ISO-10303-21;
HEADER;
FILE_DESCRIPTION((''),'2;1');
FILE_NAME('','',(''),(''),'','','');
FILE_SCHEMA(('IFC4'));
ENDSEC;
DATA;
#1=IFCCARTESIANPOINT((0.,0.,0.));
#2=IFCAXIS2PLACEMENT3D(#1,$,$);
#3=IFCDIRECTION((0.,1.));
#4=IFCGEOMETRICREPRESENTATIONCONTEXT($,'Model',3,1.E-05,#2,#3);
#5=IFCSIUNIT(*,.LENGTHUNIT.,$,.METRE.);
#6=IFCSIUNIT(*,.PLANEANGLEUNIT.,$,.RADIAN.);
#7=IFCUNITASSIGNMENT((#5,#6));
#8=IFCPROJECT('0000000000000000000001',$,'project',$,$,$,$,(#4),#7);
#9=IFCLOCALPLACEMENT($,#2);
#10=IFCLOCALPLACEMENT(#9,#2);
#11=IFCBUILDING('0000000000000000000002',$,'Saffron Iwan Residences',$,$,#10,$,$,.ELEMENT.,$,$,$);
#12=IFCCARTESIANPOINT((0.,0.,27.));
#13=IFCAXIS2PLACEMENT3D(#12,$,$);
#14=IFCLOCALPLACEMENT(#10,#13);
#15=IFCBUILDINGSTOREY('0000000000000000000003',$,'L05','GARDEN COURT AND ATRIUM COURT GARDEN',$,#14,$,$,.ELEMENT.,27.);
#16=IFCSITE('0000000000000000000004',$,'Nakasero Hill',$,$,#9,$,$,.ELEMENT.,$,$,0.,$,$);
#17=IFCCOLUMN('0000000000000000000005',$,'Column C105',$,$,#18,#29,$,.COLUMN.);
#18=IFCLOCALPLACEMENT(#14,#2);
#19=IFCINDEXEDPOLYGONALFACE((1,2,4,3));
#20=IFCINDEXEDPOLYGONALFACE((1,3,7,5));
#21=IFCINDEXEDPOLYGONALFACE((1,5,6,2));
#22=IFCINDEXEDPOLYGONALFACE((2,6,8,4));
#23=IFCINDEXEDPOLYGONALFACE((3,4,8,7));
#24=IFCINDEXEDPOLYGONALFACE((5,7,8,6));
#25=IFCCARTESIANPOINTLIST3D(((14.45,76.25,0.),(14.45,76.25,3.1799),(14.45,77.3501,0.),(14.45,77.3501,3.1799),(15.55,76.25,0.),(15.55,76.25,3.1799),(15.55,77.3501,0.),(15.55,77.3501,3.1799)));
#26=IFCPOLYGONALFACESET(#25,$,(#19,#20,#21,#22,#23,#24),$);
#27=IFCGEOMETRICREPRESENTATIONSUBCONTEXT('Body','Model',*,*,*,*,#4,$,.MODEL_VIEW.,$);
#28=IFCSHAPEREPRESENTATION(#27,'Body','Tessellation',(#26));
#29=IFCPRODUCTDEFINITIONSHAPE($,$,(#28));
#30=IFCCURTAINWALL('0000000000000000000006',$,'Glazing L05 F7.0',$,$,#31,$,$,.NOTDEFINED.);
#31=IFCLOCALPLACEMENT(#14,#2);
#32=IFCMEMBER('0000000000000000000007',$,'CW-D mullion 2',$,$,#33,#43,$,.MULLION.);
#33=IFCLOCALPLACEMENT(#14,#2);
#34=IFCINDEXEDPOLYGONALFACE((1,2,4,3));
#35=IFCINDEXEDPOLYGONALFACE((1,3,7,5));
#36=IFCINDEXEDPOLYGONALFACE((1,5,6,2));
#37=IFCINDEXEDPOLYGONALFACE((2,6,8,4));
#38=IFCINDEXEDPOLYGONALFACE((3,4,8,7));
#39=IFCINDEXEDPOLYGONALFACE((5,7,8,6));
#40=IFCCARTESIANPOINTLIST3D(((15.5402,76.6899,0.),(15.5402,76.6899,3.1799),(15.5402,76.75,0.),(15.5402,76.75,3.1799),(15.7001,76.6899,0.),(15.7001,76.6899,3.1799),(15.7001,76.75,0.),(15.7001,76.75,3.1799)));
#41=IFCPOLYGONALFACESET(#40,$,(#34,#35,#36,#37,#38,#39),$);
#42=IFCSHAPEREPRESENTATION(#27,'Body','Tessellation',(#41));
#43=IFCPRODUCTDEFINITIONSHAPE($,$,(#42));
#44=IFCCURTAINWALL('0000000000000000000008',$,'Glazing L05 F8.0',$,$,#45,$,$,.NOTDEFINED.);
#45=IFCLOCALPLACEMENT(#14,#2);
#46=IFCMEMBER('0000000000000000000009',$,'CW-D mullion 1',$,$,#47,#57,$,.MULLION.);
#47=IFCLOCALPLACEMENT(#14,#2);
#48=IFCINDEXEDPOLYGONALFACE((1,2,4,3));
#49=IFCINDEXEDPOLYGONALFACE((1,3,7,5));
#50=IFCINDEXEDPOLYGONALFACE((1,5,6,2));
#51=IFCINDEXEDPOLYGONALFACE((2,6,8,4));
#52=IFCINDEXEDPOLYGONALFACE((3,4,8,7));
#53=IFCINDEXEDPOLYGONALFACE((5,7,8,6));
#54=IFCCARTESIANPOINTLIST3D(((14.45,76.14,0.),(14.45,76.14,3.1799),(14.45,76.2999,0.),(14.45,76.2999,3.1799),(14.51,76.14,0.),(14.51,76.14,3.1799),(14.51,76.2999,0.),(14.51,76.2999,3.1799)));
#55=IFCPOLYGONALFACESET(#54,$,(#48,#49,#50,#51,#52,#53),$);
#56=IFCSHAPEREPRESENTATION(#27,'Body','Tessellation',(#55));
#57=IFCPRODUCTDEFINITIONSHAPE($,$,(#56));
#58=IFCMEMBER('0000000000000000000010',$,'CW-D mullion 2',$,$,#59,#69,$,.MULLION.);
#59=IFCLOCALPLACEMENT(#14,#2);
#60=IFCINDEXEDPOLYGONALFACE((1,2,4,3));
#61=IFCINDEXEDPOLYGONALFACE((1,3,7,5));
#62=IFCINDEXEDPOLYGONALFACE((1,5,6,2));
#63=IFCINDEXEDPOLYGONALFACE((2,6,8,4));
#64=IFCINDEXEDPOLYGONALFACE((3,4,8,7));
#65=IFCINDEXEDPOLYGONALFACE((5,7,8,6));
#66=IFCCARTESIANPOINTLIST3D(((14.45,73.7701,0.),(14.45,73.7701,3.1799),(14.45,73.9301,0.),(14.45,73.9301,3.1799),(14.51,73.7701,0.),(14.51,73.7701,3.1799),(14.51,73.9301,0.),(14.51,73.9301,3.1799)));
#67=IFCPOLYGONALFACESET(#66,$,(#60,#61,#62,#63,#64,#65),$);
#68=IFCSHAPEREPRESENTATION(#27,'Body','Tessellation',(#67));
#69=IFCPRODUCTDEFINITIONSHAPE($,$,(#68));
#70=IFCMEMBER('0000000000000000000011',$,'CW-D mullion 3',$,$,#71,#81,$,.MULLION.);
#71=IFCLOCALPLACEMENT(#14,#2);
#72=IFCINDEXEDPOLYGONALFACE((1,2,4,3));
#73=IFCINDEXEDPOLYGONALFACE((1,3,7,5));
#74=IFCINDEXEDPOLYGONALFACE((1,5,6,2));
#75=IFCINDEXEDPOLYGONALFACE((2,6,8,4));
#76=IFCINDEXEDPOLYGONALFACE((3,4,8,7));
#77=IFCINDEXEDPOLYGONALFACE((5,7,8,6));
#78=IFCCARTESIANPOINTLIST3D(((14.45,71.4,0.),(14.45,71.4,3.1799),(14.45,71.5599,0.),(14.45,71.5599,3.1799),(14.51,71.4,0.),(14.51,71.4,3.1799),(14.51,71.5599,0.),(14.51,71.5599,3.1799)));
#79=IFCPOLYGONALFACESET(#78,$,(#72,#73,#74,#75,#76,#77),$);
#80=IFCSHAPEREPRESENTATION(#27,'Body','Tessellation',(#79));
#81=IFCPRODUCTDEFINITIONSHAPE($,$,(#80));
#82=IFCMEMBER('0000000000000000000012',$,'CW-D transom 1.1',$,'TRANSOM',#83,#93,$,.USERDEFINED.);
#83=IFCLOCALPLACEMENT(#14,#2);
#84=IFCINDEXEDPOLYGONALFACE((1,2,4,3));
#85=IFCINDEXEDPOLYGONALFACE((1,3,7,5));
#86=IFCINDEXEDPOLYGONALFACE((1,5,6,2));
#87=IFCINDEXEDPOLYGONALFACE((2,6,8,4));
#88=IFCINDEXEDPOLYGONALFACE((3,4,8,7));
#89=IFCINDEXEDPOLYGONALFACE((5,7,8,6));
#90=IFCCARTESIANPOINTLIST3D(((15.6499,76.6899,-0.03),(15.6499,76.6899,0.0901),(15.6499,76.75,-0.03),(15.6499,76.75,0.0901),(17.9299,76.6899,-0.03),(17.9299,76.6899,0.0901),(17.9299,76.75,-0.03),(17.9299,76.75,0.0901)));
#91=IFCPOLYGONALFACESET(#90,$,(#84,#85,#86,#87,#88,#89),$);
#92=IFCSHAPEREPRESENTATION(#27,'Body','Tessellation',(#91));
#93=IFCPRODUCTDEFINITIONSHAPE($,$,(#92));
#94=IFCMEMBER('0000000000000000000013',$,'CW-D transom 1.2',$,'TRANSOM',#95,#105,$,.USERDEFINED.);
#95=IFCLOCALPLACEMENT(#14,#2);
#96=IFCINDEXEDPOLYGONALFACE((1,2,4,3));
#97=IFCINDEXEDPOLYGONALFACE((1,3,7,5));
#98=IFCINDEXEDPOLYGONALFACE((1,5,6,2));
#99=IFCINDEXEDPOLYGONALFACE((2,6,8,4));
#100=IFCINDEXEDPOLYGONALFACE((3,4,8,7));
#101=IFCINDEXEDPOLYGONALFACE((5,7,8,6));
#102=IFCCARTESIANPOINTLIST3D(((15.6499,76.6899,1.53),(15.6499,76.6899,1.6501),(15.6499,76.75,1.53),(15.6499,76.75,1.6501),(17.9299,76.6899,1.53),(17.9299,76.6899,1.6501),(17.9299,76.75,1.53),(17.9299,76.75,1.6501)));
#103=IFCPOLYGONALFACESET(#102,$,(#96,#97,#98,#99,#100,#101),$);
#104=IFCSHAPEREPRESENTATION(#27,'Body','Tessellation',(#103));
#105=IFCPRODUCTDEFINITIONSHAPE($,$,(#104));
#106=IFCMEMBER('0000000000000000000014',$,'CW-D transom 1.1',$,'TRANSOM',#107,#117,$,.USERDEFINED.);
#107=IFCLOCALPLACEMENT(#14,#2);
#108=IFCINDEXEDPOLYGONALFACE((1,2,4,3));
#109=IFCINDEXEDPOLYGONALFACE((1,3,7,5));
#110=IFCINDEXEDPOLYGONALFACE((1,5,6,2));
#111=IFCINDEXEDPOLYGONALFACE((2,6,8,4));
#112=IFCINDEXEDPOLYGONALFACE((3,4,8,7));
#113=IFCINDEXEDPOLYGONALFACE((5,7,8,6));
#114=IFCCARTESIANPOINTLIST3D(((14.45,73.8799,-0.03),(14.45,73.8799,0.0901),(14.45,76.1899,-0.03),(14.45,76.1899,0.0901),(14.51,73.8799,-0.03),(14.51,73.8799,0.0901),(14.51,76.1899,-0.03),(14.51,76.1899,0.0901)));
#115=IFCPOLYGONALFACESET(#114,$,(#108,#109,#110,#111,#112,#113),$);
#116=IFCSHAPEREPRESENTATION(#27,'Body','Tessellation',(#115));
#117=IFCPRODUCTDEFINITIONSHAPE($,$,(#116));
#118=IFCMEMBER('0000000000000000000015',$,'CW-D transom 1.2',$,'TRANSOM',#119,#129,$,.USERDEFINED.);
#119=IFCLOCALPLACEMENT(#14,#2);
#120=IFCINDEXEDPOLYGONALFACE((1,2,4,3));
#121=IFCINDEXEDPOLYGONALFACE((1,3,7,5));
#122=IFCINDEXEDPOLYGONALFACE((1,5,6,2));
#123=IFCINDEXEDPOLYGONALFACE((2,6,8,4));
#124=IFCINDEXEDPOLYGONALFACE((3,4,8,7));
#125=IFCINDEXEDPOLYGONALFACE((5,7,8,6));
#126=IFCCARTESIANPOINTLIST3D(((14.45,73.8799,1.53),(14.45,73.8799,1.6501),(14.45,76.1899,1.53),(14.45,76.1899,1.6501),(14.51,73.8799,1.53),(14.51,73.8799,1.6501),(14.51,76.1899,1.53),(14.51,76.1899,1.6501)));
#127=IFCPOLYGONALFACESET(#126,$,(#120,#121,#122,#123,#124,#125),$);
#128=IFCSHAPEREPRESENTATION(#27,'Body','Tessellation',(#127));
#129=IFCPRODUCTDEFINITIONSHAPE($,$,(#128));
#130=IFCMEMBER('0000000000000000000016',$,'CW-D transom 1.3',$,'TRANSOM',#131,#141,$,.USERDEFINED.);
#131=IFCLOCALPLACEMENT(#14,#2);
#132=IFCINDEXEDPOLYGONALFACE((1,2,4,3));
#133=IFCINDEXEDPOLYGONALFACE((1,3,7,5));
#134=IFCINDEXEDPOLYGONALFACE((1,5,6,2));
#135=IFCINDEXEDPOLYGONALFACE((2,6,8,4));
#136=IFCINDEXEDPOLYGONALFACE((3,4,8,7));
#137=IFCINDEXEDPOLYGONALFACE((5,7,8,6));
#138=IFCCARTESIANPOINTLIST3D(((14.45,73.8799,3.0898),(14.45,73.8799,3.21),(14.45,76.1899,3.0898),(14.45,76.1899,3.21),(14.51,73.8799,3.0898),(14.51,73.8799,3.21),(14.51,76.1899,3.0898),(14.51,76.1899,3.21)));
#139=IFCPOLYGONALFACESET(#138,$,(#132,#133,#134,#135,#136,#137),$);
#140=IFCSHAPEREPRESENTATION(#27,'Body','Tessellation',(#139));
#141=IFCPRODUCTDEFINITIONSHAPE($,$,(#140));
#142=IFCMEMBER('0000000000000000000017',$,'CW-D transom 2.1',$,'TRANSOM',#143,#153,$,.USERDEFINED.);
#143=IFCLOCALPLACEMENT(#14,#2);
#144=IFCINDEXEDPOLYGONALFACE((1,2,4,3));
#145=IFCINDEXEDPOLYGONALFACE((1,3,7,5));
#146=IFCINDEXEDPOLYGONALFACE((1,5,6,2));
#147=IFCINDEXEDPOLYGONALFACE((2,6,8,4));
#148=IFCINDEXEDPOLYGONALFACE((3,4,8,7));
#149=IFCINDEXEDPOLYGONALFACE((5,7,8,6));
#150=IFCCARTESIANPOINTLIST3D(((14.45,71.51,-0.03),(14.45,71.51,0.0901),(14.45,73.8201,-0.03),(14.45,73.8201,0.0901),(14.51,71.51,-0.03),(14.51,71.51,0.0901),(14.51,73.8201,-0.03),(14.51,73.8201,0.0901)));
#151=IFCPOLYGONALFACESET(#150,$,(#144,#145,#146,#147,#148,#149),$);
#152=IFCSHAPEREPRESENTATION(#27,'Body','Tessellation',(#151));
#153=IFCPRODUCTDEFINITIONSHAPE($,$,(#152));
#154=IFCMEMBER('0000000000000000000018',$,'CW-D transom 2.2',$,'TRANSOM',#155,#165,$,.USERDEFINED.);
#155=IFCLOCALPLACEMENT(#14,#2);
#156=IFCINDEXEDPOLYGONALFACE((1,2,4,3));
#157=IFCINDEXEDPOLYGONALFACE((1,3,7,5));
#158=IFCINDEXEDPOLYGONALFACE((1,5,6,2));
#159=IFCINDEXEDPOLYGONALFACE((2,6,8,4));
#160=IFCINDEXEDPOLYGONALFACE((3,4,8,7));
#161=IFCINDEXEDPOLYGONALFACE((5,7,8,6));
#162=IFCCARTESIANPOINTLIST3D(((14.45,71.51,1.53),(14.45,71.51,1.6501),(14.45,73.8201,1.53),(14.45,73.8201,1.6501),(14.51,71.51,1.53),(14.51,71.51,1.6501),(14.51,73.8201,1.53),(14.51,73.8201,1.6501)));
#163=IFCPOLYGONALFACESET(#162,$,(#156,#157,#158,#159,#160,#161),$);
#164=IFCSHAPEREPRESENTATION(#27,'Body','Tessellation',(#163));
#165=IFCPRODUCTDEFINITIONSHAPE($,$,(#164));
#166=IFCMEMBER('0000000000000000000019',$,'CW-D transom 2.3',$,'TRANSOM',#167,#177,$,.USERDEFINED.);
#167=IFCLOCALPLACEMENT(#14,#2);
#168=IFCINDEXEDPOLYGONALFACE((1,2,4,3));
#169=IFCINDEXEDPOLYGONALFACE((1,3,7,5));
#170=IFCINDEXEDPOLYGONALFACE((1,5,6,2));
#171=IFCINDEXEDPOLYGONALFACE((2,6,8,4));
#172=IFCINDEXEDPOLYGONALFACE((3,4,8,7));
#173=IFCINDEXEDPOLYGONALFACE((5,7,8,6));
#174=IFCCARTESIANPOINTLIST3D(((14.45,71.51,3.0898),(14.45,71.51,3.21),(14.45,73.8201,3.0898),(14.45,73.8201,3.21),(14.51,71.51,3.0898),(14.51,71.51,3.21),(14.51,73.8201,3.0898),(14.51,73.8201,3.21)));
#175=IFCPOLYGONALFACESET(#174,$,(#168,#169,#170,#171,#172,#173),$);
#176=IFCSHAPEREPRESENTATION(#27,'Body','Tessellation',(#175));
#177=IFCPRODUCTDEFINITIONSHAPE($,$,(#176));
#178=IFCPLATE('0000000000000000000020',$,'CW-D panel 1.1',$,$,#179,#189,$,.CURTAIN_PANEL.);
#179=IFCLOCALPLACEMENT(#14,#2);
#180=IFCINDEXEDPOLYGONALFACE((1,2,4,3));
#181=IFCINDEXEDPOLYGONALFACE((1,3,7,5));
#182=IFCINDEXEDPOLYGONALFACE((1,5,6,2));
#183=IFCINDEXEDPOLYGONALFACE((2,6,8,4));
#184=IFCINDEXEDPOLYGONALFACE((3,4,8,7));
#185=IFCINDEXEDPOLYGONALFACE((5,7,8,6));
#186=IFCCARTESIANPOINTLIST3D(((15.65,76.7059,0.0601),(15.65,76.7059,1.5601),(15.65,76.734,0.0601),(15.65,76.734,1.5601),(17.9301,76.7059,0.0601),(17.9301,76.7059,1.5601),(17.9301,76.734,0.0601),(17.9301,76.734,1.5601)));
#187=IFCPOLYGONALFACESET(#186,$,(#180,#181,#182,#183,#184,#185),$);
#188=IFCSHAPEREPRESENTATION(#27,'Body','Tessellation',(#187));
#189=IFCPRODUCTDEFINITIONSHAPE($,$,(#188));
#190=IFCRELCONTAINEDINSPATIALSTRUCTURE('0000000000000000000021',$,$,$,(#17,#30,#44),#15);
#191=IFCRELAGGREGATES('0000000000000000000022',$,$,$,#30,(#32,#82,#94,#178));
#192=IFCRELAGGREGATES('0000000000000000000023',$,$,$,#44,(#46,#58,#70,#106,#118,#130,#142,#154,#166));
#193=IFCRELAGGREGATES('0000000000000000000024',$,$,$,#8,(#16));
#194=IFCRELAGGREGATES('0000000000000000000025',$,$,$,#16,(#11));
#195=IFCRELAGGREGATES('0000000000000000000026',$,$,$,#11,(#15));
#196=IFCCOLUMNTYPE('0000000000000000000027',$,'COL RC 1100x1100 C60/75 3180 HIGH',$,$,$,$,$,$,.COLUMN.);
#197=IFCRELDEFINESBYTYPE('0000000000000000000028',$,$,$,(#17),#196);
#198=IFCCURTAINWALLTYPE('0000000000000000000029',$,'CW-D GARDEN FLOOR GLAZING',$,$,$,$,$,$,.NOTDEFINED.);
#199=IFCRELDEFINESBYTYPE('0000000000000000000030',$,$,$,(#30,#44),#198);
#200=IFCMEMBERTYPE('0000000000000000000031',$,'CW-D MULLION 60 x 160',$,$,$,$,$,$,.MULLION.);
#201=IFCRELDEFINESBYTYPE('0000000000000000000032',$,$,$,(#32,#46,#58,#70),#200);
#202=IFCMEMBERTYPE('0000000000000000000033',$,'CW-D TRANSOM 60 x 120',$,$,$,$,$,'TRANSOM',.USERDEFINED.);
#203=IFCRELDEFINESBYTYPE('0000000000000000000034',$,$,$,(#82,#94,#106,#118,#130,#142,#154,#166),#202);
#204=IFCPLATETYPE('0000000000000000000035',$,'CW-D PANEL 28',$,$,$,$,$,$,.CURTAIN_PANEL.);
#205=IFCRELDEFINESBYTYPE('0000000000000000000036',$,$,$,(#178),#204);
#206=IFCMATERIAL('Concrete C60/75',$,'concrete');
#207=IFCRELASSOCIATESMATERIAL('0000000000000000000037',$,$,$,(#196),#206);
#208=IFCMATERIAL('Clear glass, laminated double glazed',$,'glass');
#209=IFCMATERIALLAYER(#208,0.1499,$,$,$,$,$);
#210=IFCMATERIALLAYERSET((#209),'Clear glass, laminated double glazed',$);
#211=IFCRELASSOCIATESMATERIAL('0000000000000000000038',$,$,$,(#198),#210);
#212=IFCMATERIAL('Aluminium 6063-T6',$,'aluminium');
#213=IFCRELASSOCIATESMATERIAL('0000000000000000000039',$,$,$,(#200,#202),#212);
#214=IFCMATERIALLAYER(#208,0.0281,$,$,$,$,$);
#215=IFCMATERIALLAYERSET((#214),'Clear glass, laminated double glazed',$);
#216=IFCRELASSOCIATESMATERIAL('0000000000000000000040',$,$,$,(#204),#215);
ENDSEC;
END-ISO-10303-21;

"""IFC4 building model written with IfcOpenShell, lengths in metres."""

from ifc_helpers import new_model, si_unit, direction, frame, origin, origin_2d, place, context, subcontext, project, spatial, rectangle, extrude, source, transform, mapped, material, layer, layer_set, material_profile, profile_set, type_object, element, aggregate, save


model = new_model("IFC4")

# Units and contexts
model_context = context("Model", 3, precision=1e-05, world=origin(), true_north=direction((0.0, 1.0)))
body_context = subcontext(model_context, "Body", "Model", "MODEL_VIEW")
ifc_project = project(units=[si_unit("LENGTHUNIT", "METRE"), si_unit("PLANEANGLEUNIT", "RADIAN")], contexts=[model_context])

# Site, building, storey
site_placement = place(None, origin())
site = spatial("IfcSite", under=ifc_project, at=site_placement, Name="Nakasero Hill", CompositionType="ELEMENT", RefElevation=0.0)
building_placement = place(site_placement, origin())
building = spatial("IfcBuilding", under=site, at=building_placement, Name="Saffron Iwan Residences", CompositionType="ELEMENT")
storey_placement = place(building_placement, frame((0.0, 0.0, 27.0)))
storey = spatial("IfcBuildingStorey", under=building, at=storey_placement, Name="L05", Description="GARDEN COURT AND ATRIUM COURT GARDEN", CompositionType="ELEMENT", Elevation=27.0)

# Column
ifc_material_1 = material(Name="Concrete C60/75", Category="concrete")
ifc_material_profile_1 = material_profile(ifc_material_1, rectangle(XDim=1.1001, YDim=1.1001, at=origin_2d()), Name="RC 1100x1100")
ifc_profile_set_1 = profile_set([ifc_material_profile_1], Name="Concrete C60/75")
column_type = type_object("IfcColumnType", Name="COL RC 1100x1100 C60/75 3180 HIGH", PredefinedType="COLUMN", material=ifc_profile_set_1)
shared_shape_1 = source(origin(), body_context, "Body", "SweptSolid", [
    extrude(rectangle(XDim=1.1001, YDim=1.1001, at=origin_2d()), origin(), (0.0, 0.0, 1.0), 3.1799),
])
column_placement = place(storey_placement, frame((15.0, 76.8, 0.0), z_axis=(0.0, 0.0, 1.0), x_axis=(1.0, 0.0, 0.0)))
element("IfcColumn", 1, at=column_placement, inside=storey, type_object=column_type, Name="Column C105", PredefinedType="COLUMN", context=body_context, shape_type="MappedRepresentation", body=[
    mapped(shared_shape_1, transform((0.0, 0.0, 0.0))),
])

# Curtain wall, member
ifc_material_2 = material(Name="Clear glass, laminated double glazed", Category="glass")
ifc_layer_1 = layer(ifc_material_2, 0.1499)
ifc_layer_set_1 = layer_set([ifc_layer_1], Name="Clear glass, laminated double glazed")
curtain_wall_type = type_object("IfcCurtainWallType", Name="CW-D GARDEN FLOOR GLAZING", PredefinedType="NOTDEFINED", material=ifc_layer_set_1)
curtain_wall_1_placement = place(storey_placement, origin())
curtain_wall_1 = element("IfcCurtainWall", 2, at=curtain_wall_1_placement, inside=storey, type_object=curtain_wall_type, Name="Glazing L05 F7.0", PredefinedType="NOTDEFINED")
ifc_material_3 = material(Name="Aluminium 6063-T6", Category="aluminium")
ifc_material_profile_2 = material_profile(ifc_material_3, rectangle(XDim=0.0601, YDim=0.1599, at=origin_2d()), Name="CW-D MULLION 60 x 160")
ifc_profile_set_2 = profile_set([ifc_material_profile_2], Name="Aluminium 6063-T6")
member_type_1 = type_object("IfcMemberType", Name="CW-D MULLION 60 x 160", PredefinedType="MULLION", material=ifc_profile_set_2)
shared_shape_2 = source(origin(), body_context, "Body", "SweptSolid", [
    extrude(rectangle(XDim=0.0601, YDim=0.1599, at=origin_2d()), origin(), (0.0, 0.0, 1.0), 3.1799),
])
member_1_placement = place(storey_placement, frame((15.6201, 76.72, 0.0), z_axis=(0.0, 0.0, 1.0), x_axis=(0.0, -1.0, 0.0)))
member_1 = element("IfcMember", 3, at=member_1_placement, type_object=member_type_1, Name="CW-D mullion 2", PredefinedType="MULLION", context=body_context, shape_type="MappedRepresentation", body=[
    mapped(shared_shape_2, transform((0.0, 0.0, 0.0))),
])

# Curtain wall, members
curtain_wall_2_placement = place(storey_placement, origin())
curtain_wall_2 = element("IfcCurtainWall", 4, at=curtain_wall_2_placement, inside=storey, type_object=curtain_wall_type, Name="Glazing L05 F8.0", PredefinedType="NOTDEFINED")
member_2_placement = place(storey_placement, frame((14.48, 76.22, 0.0), z_axis=(0.0, 0.0, 1.0), x_axis=(1.0, 0.0, 0.0)))
member_2 = element("IfcMember", 5, at=member_2_placement, type_object=member_type_1, Name="CW-D mullion 1", PredefinedType="MULLION", context=body_context, shape_type="MappedRepresentation", body=[
    mapped(shared_shape_2, transform((0.0, 0.0, 0.0))),
])
member_3_placement = place(storey_placement, frame((14.48, 73.8501, 0.0), z_axis=(0.0, 0.0, 1.0), x_axis=(1.0, 0.0, 0.0)))
member_3 = element("IfcMember", 6, at=member_3_placement, type_object=member_type_1, Name="CW-D mullion 2", PredefinedType="MULLION", context=body_context, shape_type="MappedRepresentation", body=[
    mapped(shared_shape_2, transform((0.0, 0.0, 0.0))),
])
member_4_placement = place(storey_placement, frame((14.48, 71.48, 0.0), z_axis=(0.0, 0.0, 1.0), x_axis=(1.0, 0.0, 0.0)))
member_4 = element("IfcMember", 7, at=member_4_placement, type_object=member_type_1, Name="CW-D mullion 3", PredefinedType="MULLION", context=body_context, shape_type="MappedRepresentation", body=[
    mapped(shared_shape_2, transform((0.0, 0.0, 0.0))),
])

# Members
ifc_material_profile_3 = material_profile(ifc_material_3, rectangle(XDim=0.0601, YDim=0.1201, at=origin_2d()), Name="CW-D TRANSOM 60 x 120")
ifc_profile_set_3 = profile_set([ifc_material_profile_3], Name="Aluminium 6063-T6")
member_type_2 = type_object("IfcMemberType", Name="CW-D TRANSOM 60 x 120", ElementType="TRANSOM", PredefinedType="USERDEFINED", material=ifc_profile_set_3)
shared_shape_3 = source(origin(), body_context, "Body", "SweptSolid", [
    extrude(rectangle(XDim=0.0601, YDim=0.1201, at=origin_2d()), origin(), (0.0, 0.0, 1.0), 2.28),
])
member_5_placement = place(storey_placement, frame((17.9299, 76.72, 0.03), z_axis=(-1.0, 0.0, 0.0), x_axis=(0.0, -1.0, 0.0)))
member_5 = element("IfcMember", 8, at=member_5_placement, type_object=member_type_2, Name="CW-D transom 1.1", ObjectType="TRANSOM", PredefinedType="USERDEFINED", context=body_context, shape_type="MappedRepresentation", body=[
    mapped(shared_shape_3, transform((0.0, 0.0, 0.0))),
])
member_6_placement = place(storey_placement, frame((17.9299, 76.72, 1.5901), z_axis=(-1.0, 0.0, 0.0), x_axis=(0.0, -1.0, 0.0)))
member_6 = element("IfcMember", 9, at=member_6_placement, type_object=member_type_2, Name="CW-D transom 1.2", ObjectType="TRANSOM", PredefinedType="USERDEFINED", context=body_context, shape_type="MappedRepresentation", body=[
    mapped(shared_shape_3, transform((0.0, 0.0, 0.0))),
])
shared_shape_4 = source(origin(), body_context, "Body", "SweptSolid", [
    extrude(rectangle(XDim=0.0601, YDim=0.1201, at=origin_2d()), origin(), (0.0, 0.0, 1.0), 2.3101),
])
member_7_placement = place(storey_placement, frame((14.48, 76.1899, 0.03), z_axis=(0.0, -1.0, 0.0), x_axis=(1.0, 0.0, 0.0)))
member_7 = element("IfcMember", 10, at=member_7_placement, type_object=member_type_2, Name="CW-D transom 1.1", ObjectType="TRANSOM", PredefinedType="USERDEFINED", context=body_context, shape_type="MappedRepresentation", body=[
    mapped(shared_shape_4, transform((0.0, 0.0, 0.0))),
])
member_8_placement = place(storey_placement, frame((14.48, 76.1899, 1.5901), z_axis=(0.0, -1.0, 0.0), x_axis=(1.0, 0.0, 0.0)))
member_8 = element("IfcMember", 11, at=member_8_placement, type_object=member_type_2, Name="CW-D transom 1.2", ObjectType="TRANSOM", PredefinedType="USERDEFINED", context=body_context, shape_type="MappedRepresentation", body=[
    mapped(shared_shape_4, transform((0.0, 0.0, 0.0))),
])
member_9_placement = place(storey_placement, frame((14.48, 76.1899, 3.1499), z_axis=(0.0, -1.0, 0.0), x_axis=(1.0, 0.0, 0.0)))
member_9 = element("IfcMember", 12, at=member_9_placement, type_object=member_type_2, Name="CW-D transom 1.3", ObjectType="TRANSOM", PredefinedType="USERDEFINED", context=body_context, shape_type="MappedRepresentation", body=[
    mapped(shared_shape_4, transform((0.0, 0.0, 0.0))),
])
member_10_placement = place(storey_placement, frame((14.48, 73.8201, 0.03), z_axis=(0.0, -1.0, 0.0), x_axis=(1.0, 0.0, 0.0)))
member_10 = element("IfcMember", 13, at=member_10_placement, type_object=member_type_2, Name="CW-D transom 2.1", ObjectType="TRANSOM", PredefinedType="USERDEFINED", context=body_context, shape_type="MappedRepresentation", body=[
    mapped(shared_shape_4, transform((0.0, 0.0, 0.0))),
])
member_11_placement = place(storey_placement, frame((14.48, 73.8201, 1.5901), z_axis=(0.0, -1.0, 0.0), x_axis=(1.0, 0.0, 0.0)))
member_11 = element("IfcMember", 14, at=member_11_placement, type_object=member_type_2, Name="CW-D transom 2.2", ObjectType="TRANSOM", PredefinedType="USERDEFINED", context=body_context, shape_type="MappedRepresentation", body=[
    mapped(shared_shape_4, transform((0.0, 0.0, 0.0))),
])
member_12_placement = place(storey_placement, frame((14.48, 73.8201, 3.1499), z_axis=(0.0, -1.0, 0.0), x_axis=(1.0, 0.0, 0.0)))
member_12 = element("IfcMember", 15, at=member_12_placement, type_object=member_type_2, Name="CW-D transom 2.3", ObjectType="TRANSOM", PredefinedType="USERDEFINED", context=body_context, shape_type="MappedRepresentation", body=[
    mapped(shared_shape_4, transform((0.0, 0.0, 0.0))),
])

# Plate
ifc_layer_2 = layer(ifc_material_2, 0.0281)
ifc_layer_set_2 = layer_set([ifc_layer_2], Name="Clear glass, laminated double glazed")
plate_type = type_object("IfcPlateType", Name="CW-D PANEL 28", PredefinedType="CURTAIN_PANEL", material=ifc_layer_set_2)
shared_shape_5 = source(origin(), body_context, "Body", "SweptSolid", [
    extrude(rectangle(XDim=2.28, YDim=0.0281, at=origin_2d()), origin(), (0.0, 0.0, 1.0), 1.5),
])
plate_1_placement = place(storey_placement, frame((16.79, 76.72, 0.0601), z_axis=(0.0, 0.0, 1.0), x_axis=(-1.0, 0.0, 0.0)))
plate_1 = element("IfcPlate", 16, at=plate_1_placement, type_object=plate_type, Name="CW-D panel 1.1", PredefinedType="CURTAIN_PANEL", context=body_context, shape_type="MappedRepresentation", body=[
    mapped(shared_shape_5, transform((0.0, 0.0, 0.0))),
])
aggregate(curtain_wall_1, [member_1, member_5, member_6, plate_1])
aggregate(curtain_wall_2, [member_2, member_3, member_4, member_7, member_8, member_9, member_10, member_11, member_12])

save(model, "model.ifc")
